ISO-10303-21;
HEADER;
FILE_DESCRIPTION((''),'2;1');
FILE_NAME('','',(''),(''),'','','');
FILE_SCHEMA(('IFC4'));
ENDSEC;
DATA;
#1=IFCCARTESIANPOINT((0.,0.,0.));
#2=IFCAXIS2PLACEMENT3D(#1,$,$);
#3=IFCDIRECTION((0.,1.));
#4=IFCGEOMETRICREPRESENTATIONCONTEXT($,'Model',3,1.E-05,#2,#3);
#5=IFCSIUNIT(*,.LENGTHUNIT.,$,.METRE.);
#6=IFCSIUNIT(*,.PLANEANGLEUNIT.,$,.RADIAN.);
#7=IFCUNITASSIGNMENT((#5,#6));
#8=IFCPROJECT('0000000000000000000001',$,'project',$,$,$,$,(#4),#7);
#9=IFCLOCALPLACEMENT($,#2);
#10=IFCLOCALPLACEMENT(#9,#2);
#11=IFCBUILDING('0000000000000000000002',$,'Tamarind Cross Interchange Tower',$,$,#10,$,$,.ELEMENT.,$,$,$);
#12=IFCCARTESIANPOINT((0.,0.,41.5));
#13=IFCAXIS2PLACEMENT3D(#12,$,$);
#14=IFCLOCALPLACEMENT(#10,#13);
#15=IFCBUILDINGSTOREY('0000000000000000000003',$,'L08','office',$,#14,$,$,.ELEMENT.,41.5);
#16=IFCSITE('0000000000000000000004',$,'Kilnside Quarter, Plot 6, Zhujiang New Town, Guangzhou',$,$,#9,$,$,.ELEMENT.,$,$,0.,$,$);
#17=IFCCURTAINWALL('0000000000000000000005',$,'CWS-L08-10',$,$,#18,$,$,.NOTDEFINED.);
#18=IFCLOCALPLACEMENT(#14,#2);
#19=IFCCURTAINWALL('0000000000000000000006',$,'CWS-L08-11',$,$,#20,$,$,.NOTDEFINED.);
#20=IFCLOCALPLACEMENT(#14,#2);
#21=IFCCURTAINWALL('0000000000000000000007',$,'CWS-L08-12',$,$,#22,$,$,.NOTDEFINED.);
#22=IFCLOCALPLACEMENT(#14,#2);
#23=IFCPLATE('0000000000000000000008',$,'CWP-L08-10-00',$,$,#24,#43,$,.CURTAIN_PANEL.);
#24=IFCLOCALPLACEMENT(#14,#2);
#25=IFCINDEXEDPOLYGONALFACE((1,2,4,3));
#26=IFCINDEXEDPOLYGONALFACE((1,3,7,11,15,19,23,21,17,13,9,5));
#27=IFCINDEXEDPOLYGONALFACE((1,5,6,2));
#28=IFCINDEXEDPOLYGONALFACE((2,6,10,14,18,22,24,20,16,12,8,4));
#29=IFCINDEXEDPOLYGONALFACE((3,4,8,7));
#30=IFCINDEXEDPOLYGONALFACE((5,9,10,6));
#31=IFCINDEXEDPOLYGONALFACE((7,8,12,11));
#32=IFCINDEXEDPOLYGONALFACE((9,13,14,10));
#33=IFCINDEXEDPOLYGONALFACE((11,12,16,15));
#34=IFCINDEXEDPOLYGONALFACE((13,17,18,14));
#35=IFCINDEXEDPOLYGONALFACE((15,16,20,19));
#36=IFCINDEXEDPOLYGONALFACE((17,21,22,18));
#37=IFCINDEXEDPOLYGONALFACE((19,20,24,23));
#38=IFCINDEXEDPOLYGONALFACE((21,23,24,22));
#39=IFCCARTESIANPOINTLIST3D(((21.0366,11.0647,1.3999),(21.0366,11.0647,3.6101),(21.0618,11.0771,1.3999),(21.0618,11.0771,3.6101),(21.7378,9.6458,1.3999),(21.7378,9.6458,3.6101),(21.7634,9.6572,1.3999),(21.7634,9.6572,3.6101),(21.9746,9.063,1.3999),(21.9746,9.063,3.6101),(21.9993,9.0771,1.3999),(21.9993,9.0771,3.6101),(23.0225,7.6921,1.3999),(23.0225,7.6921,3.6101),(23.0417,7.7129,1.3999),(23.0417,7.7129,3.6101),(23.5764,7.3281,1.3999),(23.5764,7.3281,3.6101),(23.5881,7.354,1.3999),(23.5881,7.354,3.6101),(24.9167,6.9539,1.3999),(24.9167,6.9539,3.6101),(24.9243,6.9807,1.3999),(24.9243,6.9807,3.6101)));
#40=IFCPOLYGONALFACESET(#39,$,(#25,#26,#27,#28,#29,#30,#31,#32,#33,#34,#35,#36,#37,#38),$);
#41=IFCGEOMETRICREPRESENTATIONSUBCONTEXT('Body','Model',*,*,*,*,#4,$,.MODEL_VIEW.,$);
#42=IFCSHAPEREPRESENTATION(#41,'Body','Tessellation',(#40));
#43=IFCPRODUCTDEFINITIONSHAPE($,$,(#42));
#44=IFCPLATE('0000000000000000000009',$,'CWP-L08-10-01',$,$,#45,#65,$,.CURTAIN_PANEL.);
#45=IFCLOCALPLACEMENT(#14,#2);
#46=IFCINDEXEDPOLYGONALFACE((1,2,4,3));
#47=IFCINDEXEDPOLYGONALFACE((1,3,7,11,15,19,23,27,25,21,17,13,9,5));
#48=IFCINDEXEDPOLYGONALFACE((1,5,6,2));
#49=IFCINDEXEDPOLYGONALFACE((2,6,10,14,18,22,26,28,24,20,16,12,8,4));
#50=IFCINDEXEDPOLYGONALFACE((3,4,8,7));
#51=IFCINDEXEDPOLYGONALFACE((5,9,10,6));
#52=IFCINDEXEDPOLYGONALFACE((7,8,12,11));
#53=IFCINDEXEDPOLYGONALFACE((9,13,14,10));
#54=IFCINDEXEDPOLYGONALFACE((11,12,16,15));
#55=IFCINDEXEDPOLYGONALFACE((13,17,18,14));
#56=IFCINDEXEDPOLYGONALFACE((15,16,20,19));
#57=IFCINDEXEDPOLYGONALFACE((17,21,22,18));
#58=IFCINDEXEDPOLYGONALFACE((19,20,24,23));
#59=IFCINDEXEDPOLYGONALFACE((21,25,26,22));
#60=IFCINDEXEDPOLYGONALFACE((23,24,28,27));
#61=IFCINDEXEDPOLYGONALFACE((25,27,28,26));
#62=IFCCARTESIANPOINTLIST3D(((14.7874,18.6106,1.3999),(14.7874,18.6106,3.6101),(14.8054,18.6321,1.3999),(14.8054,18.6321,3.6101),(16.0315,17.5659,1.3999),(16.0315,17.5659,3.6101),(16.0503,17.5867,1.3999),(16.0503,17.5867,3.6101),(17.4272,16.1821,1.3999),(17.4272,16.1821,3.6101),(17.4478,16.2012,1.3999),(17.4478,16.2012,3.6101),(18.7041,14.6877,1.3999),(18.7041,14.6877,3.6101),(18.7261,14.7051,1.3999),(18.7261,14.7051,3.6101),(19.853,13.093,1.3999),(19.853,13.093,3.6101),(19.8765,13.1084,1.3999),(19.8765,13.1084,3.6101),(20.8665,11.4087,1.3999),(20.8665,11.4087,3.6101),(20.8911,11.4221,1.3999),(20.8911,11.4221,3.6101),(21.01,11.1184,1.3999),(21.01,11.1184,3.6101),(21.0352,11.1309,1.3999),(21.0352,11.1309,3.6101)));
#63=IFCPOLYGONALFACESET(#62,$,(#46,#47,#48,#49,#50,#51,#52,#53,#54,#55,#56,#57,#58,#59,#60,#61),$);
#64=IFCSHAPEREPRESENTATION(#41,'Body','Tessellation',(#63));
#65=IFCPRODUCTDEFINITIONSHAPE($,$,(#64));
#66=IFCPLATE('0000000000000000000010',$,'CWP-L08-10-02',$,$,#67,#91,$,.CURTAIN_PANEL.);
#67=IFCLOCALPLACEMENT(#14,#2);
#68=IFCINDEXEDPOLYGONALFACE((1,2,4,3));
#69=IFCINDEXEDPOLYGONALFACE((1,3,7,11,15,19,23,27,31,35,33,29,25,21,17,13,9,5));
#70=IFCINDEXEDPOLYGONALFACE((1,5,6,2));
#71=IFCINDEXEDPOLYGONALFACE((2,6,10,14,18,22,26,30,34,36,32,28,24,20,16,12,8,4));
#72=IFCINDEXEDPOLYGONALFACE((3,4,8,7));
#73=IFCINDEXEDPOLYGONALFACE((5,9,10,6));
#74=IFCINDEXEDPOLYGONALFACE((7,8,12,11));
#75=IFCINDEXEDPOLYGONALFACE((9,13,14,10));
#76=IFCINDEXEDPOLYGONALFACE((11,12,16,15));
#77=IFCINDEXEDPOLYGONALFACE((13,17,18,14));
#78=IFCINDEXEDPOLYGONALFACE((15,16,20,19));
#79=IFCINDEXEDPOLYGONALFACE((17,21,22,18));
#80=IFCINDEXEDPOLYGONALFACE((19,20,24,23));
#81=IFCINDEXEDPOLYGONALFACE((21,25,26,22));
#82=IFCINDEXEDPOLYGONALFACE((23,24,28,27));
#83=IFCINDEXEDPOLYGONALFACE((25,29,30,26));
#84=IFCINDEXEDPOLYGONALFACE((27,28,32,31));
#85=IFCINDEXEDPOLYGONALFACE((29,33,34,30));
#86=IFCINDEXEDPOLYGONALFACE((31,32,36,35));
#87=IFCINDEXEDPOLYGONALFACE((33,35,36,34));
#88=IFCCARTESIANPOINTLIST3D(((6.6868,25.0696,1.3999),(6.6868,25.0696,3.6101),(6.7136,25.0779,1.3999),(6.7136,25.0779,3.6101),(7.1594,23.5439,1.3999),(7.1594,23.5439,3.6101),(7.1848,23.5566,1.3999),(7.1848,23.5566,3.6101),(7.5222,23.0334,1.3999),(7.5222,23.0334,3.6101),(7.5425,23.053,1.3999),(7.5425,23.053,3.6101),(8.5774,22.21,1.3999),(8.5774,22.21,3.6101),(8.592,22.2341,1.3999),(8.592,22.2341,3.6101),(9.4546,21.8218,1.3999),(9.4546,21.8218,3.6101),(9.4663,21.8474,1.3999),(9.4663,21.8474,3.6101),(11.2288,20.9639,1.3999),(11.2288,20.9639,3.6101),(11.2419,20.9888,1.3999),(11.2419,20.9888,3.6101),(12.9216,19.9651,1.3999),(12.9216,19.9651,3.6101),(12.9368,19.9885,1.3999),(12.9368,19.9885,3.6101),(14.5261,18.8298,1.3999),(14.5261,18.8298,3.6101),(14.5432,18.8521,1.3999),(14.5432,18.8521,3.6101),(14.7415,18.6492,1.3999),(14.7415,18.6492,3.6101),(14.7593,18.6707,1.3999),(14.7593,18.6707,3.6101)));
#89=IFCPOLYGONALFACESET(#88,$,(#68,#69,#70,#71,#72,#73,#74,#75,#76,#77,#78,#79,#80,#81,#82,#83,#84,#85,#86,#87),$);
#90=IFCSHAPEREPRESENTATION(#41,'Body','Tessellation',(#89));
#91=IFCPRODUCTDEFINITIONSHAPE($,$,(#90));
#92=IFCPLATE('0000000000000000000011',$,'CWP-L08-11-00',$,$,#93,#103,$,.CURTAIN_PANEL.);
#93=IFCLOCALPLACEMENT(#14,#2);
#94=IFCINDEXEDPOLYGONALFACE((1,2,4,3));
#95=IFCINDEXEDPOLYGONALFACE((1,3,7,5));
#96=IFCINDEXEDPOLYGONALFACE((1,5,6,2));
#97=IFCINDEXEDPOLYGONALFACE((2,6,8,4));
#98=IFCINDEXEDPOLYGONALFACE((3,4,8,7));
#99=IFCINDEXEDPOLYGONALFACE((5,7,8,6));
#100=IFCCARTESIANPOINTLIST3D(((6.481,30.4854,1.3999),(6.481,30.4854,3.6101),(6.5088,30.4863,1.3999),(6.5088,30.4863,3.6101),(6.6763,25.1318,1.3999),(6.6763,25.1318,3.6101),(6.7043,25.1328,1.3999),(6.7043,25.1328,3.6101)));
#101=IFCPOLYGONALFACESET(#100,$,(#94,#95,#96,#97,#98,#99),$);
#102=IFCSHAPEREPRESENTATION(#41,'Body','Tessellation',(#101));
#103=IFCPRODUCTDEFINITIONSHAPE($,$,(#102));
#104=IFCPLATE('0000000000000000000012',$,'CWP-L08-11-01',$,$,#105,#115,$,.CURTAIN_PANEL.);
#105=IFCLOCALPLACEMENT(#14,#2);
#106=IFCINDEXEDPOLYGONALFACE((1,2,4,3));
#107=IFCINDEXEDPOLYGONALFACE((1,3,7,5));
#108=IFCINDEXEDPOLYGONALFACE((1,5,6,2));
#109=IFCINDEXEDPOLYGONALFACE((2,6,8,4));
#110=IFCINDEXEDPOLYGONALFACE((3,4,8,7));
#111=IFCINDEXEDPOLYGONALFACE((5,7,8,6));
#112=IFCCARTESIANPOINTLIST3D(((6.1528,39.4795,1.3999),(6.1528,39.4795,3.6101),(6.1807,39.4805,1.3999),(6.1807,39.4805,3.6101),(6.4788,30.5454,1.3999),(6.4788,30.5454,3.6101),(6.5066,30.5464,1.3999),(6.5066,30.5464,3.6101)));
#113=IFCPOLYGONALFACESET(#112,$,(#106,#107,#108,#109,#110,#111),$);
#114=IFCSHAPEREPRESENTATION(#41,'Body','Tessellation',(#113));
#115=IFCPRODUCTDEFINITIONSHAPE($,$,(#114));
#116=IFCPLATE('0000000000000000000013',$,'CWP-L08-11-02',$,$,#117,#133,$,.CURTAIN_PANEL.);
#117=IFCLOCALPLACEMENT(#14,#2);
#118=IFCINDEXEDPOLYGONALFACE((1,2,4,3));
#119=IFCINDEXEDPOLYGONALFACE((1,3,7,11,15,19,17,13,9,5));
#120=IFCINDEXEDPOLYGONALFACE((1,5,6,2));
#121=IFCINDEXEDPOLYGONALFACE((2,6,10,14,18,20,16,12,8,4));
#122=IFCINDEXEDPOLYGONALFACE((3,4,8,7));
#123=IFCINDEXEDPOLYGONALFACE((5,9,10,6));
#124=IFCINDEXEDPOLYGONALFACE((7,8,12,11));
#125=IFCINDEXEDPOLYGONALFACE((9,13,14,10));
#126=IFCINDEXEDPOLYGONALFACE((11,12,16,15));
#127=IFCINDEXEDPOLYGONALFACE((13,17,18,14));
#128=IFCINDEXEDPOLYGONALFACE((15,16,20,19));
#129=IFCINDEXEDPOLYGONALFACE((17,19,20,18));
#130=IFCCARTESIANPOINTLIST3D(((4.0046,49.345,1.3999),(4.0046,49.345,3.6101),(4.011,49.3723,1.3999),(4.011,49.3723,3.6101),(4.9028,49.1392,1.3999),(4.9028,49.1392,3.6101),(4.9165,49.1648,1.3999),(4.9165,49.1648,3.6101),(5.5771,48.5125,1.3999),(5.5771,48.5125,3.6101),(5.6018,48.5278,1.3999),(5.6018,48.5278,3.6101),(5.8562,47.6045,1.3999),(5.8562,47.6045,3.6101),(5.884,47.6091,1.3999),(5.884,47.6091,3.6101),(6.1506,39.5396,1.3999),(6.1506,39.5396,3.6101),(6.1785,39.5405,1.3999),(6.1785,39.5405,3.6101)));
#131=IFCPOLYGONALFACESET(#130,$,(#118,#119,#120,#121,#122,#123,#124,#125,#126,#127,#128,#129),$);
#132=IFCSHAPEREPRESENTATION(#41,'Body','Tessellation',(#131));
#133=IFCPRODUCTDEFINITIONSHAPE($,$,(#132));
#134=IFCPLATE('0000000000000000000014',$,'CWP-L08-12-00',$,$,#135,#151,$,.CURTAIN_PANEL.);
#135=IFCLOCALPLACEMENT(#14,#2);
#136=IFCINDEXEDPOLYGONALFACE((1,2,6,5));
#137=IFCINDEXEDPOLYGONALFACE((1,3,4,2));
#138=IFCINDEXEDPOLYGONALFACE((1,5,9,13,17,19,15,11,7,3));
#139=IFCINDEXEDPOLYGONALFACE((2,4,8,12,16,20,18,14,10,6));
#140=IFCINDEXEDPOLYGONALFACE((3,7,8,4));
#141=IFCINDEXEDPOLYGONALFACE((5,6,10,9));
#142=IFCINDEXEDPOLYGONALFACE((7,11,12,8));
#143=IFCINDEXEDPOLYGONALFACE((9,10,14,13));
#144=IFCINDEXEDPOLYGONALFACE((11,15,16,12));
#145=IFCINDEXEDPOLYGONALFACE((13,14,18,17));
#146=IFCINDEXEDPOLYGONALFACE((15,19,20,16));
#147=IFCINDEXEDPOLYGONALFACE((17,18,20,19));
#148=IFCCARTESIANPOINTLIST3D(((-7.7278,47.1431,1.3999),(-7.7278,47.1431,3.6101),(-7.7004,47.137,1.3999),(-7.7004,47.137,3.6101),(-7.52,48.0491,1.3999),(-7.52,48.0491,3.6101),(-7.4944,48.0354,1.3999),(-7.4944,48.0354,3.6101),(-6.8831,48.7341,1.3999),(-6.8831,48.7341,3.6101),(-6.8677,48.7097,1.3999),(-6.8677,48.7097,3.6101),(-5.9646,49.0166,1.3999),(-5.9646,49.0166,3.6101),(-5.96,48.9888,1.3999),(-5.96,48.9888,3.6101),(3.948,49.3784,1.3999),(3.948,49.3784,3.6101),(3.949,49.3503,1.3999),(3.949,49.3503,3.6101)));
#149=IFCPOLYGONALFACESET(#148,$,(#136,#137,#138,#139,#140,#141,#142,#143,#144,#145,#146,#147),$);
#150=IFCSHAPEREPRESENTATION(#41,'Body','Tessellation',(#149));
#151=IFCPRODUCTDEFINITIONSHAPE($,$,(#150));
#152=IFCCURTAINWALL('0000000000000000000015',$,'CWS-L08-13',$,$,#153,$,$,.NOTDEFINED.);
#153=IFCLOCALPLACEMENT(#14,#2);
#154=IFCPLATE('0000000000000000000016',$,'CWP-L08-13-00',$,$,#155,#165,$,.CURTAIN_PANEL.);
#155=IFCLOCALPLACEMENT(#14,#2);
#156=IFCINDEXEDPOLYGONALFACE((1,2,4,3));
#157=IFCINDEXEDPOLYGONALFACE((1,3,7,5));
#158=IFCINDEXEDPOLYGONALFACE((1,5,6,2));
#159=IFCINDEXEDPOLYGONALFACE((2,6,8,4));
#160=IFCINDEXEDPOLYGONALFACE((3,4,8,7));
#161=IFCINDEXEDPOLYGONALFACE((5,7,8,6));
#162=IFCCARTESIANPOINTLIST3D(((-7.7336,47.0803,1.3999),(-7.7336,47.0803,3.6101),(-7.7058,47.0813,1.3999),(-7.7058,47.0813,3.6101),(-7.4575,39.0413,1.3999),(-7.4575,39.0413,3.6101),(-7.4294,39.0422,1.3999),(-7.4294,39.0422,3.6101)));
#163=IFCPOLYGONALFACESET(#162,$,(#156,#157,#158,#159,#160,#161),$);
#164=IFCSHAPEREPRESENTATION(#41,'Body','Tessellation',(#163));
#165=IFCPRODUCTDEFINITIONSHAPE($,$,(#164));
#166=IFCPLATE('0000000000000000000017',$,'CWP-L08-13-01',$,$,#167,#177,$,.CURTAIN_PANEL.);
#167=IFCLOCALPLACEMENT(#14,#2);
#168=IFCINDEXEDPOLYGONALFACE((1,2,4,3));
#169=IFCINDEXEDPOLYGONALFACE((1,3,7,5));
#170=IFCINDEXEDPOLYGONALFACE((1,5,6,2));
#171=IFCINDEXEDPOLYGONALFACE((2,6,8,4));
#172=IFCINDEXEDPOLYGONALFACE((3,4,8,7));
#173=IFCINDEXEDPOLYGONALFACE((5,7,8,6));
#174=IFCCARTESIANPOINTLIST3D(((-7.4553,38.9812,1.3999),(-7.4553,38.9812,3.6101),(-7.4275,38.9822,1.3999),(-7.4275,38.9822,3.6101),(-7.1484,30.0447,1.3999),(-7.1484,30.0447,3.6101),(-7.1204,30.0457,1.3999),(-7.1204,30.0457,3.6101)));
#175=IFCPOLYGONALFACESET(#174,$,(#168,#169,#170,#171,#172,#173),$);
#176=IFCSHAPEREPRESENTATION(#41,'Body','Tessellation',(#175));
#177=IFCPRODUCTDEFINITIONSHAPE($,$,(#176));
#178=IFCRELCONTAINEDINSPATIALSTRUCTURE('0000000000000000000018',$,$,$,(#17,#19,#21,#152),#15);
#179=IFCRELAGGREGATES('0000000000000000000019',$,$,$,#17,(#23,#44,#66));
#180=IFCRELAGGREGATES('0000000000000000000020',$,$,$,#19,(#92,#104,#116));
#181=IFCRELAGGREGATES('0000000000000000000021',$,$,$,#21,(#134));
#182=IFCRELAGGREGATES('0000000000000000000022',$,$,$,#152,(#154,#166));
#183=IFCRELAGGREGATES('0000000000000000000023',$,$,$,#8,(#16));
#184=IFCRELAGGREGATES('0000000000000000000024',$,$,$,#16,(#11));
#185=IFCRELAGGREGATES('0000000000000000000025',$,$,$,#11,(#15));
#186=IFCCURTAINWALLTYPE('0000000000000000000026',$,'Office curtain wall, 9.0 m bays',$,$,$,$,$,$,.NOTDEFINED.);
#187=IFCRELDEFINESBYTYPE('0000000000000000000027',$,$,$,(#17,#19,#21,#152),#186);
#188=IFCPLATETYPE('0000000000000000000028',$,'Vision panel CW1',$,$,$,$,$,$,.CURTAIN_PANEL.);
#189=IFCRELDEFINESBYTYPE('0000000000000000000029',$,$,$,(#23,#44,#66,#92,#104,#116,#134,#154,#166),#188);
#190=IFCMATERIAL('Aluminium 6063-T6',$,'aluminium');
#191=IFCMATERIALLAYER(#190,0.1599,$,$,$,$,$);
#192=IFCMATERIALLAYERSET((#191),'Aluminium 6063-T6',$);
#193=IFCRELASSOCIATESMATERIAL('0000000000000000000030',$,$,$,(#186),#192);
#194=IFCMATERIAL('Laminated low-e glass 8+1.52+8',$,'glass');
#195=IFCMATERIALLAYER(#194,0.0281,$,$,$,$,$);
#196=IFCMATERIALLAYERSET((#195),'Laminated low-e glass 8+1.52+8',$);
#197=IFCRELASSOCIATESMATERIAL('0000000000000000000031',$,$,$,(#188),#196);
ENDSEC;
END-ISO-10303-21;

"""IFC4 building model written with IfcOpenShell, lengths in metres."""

from ifc_helpers import new_model, si_unit, direction, frame, origin, place, context, subcontext, project, spatial, polyline, outline, extrude, material, layer, layer_set, type_object, element, aggregate, save


model = new_model("IFC4")

# Units and contexts
model_context = context("Model", 3, precision=1e-05, world=origin(), true_north=direction((0.0, 1.0)))
body_context = subcontext(model_context, "Body", "Model", "MODEL_VIEW")
ifc_project = project(units=[si_unit("LENGTHUNIT", "METRE"), si_unit("PLANEANGLEUNIT", "RADIAN")], contexts=[model_context])

# Site, building, storey
site_placement = place(None, origin())
site = spatial("IfcSite", under=ifc_project, at=site_placement, Name="Kilnside Quarter, Plot 6, Zhujiang New Town, Guangzhou", CompositionType="ELEMENT", RefElevation=0.0)
building_placement = place(site_placement, origin())
building = spatial("IfcBuilding", under=site, at=building_placement, Name="Tamarind Cross Interchange Tower", CompositionType="ELEMENT")
storey_placement = place(building_placement, frame((0.0, 0.0, 41.5)))
storey = spatial("IfcBuildingStorey", under=building, at=storey_placement, Name="L08", Description="office", CompositionType="ELEMENT", Elevation=41.5)

# Curtain walls
ifc_material_1 = material(Name="Aluminium 6063-T6", Category="aluminium")
ifc_layer_1 = layer(ifc_material_1, 0.1599)
ifc_layer_set_1 = layer_set([ifc_layer_1], Name="Aluminium 6063-T6")
curtain_wall_type = type_object("IfcCurtainWallType", Name="Office curtain wall, 9.0 m bays", PredefinedType="NOTDEFINED", material=ifc_layer_set_1)
curtain_wall_1_placement = place(storey_placement, origin())
curtain_wall_1 = element("IfcCurtainWall", 1, at=curtain_wall_1_placement, inside=storey, type_object=curtain_wall_type, Name="CWS-L08-10", PredefinedType="NOTDEFINED")
curtain_wall_2_placement = place(storey_placement, origin())
curtain_wall_2 = element("IfcCurtainWall", 2, at=curtain_wall_2_placement, inside=storey, type_object=curtain_wall_type, Name="CWS-L08-11", PredefinedType="NOTDEFINED")
curtain_wall_3_placement = place(storey_placement, origin())
curtain_wall_3 = element("IfcCurtainWall", 3, at=curtain_wall_3_placement, inside=storey, type_object=curtain_wall_type, Name="CWS-L08-12", PredefinedType="NOTDEFINED")

# Plates
ifc_material_2 = material(Name="Laminated low-e glass 8+1.52+8", Category="glass")
ifc_layer_2 = layer(ifc_material_2, 0.0281)
ifc_layer_set_2 = layer_set([ifc_layer_2], Name="Laminated low-e glass 8+1.52+8")
plate_type = type_object("IfcPlateType", Name="Vision panel CW1", PredefinedType="CURTAIN_PANEL", material=ifc_layer_set_2)
plate_1_placement = place(storey_placement, frame((0.0, 0.0, 1.3999)))
plate_1 = element("IfcPlate", 4, at=plate_1_placement, type_object=plate_type, Name="CWP-L08-10-00", PredefinedType="CURTAIN_PANEL", context=body_context, shape_type="SweptSolid", body=[
    extrude(outline(polyline([(24.9167, 6.9539), (23.5764, 7.3281), (23.0225, 7.6921), (21.9746, 9.063), (21.7378, 9.6458), (21.0366, 11.0647), (21.0618, 11.0771), (21.7634, 9.6572), (21.9993, 9.0771), (23.0417, 7.7129), (23.5881, 7.354), (24.9243, 6.9807), (24.9167, 6.9539)])), origin(), (0.0, 0.0, 1.0), 2.2102),
])
plate_2_placement = place(storey_placement, frame((0.0, 0.0, 1.3999)))
plate_2 = element("IfcPlate", 5, at=plate_2_placement, type_object=plate_type, Name="CWP-L08-10-01", PredefinedType="CURTAIN_PANEL", context=body_context, shape_type="SweptSolid", body=[
    extrude(outline(polyline([(21.01, 11.1184), (20.8665, 11.4087), (19.853, 13.093), (18.7041, 14.6877), (17.4272, 16.1821), (16.0315, 17.5659), (14.7874, 18.6106), (14.8054, 18.6321), (16.0503, 17.5867), (17.4478, 16.2012), (18.7261, 14.7051), (19.8765, 13.1084), (20.8911, 11.4221), (21.0352, 11.1309), (21.01, 11.1184)])), origin(), (0.0, 0.0, 1.0), 2.2102),
])
plate_3_placement = place(storey_placement, frame((0.0, 0.0, 1.3999)))
plate_3 = element("IfcPlate", 6, at=plate_3_placement, type_object=plate_type, Name="CWP-L08-10-02", PredefinedType="CURTAIN_PANEL", context=body_context, shape_type="SweptSolid", body=[
    extrude(outline(polyline([(14.7415, 18.6492), (14.5261, 18.8298), (12.9216, 19.9651), (11.2288, 20.9639), (9.4546, 21.8218), (8.5774, 22.21), (7.5222, 23.0334), (7.1594, 23.5439), (6.6868, 25.0696), (6.7136, 25.0779), (7.1848, 23.5566), (7.5425, 23.053), (8.592, 22.2341), (9.4663, 21.8474), (11.2419, 20.9888), (12.9368, 19.9885), (14.5432, 18.8521), (14.7593, 18.6707), (14.7415, 18.6492)])), origin(), (0.0, 0.0, 1.0), 2.2102),
])
aggregate(curtain_wall_1, [plate_1, plate_2, plate_3])
plate_4_placement = place(storey_placement, frame((0.0, 0.0, 1.3999)))
plate_4 = element("IfcPlate", 7, at=plate_4_placement, type_object=plate_type, Name="CWP-L08-11-00", PredefinedType="CURTAIN_PANEL", context=body_context, shape_type="SweptSolid", body=[
    extrude(outline(polyline([(6.6763, 25.1318), (6.481, 30.4854), (6.5088, 30.4863), (6.7043, 25.1328), (6.6763, 25.1318)])), origin(), (0.0, 0.0, 1.0), 2.2102),
])
plate_5_placement = place(storey_placement, frame((0.0, 0.0, 1.3999)))
plate_5 = element("IfcPlate", 8, at=plate_5_placement, type_object=plate_type, Name="CWP-L08-11-01", PredefinedType="CURTAIN_PANEL", context=body_context, shape_type="SweptSolid", body=[
    extrude(outline(polyline([(6.4788, 30.5454), (6.1528, 39.4795), (6.1807, 39.4805), (6.5066, 30.5464), (6.4788, 30.5454)])), origin(), (0.0, 0.0, 1.0), 2.2102),
])
plate_6_placement = place(storey_placement, frame((0.0, 0.0, 1.3999)))
plate_6 = element("IfcPlate", 9, at=plate_6_placement, type_object=plate_type, Name="CWP-L08-11-02", PredefinedType="CURTAIN_PANEL", context=body_context, shape_type="SweptSolid", body=[
    extrude(outline(polyline([(6.1506, 39.5396), (5.8562, 47.6045), (5.5771, 48.5125), (4.9028, 49.1392), (4.0046, 49.345), (4.011, 49.3723), (4.9165, 49.1648), (5.6018, 48.5278), (5.884, 47.6091), (6.1785, 39.5405), (6.1506, 39.5396)])), origin(), (0.0, 0.0, 1.0), 2.2102),
])
aggregate(curtain_wall_2, [plate_4, plate_5, plate_6])
plate_7_placement = place(storey_placement, frame((0.0, 0.0, 1.3999)))
plate_7 = element("IfcPlate", 10, at=plate_7_placement, type_object=plate_type, Name="CWP-L08-12-00", PredefinedType="CURTAIN_PANEL", context=body_context, shape_type="SweptSolid", body=[
    extrude(outline(polyline([(3.949, 49.3503), (-5.96, 48.9888), (-6.8677, 48.7097), (-7.4944, 48.0354), (-7.7004, 47.137), (-7.7278, 47.1431), (-7.52, 48.0491), (-6.8831, 48.7341), (-5.9646, 49.0166), (3.948, 49.3784), (3.949, 49.3503)])), origin(), (0.0, 0.0, 1.0), 2.2102),
])
aggregate(curtain_wall_3, [plate_7])

# Curtain wall, plates
curtain_wall_4_placement = place(storey_placement, origin())
curtain_wall_4 = element("IfcCurtainWall", 11, at=curtain_wall_4_placement, inside=storey, type_object=curtain_wall_type, Name="CWS-L08-13", PredefinedType="NOTDEFINED")
plate_8_placement = place(storey_placement, frame((0.0, 0.0, 1.3999)))
plate_8 = element("IfcPlate", 12, at=plate_8_placement, type_object=plate_type, Name="CWP-L08-13-00", PredefinedType="CURTAIN_PANEL", context=body_context, shape_type="SweptSolid", body=[
    extrude(outline(polyline([(-7.7058, 47.0813), (-7.4294, 39.0422), (-7.4575, 39.0413), (-7.7336, 47.0803), (-7.7058, 47.0813)])), origin(), (0.0, 0.0, 1.0), 2.2102),
])
plate_9_placement = place(storey_placement, frame((0.0, 0.0, 1.3999)))
plate_9 = element("IfcPlate", 13, at=plate_9_placement, type_object=plate_type, Name="CWP-L08-13-01", PredefinedType="CURTAIN_PANEL", context=body_context, shape_type="SweptSolid", body=[
    extrude(outline(polyline([(-7.4275, 38.9822), (-7.1204, 30.0457), (-7.1484, 30.0447), (-7.4553, 38.9812), (-7.4275, 38.9822)])), origin(), (0.0, 0.0, 1.0), 2.2102),
])
aggregate(curtain_wall_4, [plate_8, plate_9])

save(model, "model.ifc")
